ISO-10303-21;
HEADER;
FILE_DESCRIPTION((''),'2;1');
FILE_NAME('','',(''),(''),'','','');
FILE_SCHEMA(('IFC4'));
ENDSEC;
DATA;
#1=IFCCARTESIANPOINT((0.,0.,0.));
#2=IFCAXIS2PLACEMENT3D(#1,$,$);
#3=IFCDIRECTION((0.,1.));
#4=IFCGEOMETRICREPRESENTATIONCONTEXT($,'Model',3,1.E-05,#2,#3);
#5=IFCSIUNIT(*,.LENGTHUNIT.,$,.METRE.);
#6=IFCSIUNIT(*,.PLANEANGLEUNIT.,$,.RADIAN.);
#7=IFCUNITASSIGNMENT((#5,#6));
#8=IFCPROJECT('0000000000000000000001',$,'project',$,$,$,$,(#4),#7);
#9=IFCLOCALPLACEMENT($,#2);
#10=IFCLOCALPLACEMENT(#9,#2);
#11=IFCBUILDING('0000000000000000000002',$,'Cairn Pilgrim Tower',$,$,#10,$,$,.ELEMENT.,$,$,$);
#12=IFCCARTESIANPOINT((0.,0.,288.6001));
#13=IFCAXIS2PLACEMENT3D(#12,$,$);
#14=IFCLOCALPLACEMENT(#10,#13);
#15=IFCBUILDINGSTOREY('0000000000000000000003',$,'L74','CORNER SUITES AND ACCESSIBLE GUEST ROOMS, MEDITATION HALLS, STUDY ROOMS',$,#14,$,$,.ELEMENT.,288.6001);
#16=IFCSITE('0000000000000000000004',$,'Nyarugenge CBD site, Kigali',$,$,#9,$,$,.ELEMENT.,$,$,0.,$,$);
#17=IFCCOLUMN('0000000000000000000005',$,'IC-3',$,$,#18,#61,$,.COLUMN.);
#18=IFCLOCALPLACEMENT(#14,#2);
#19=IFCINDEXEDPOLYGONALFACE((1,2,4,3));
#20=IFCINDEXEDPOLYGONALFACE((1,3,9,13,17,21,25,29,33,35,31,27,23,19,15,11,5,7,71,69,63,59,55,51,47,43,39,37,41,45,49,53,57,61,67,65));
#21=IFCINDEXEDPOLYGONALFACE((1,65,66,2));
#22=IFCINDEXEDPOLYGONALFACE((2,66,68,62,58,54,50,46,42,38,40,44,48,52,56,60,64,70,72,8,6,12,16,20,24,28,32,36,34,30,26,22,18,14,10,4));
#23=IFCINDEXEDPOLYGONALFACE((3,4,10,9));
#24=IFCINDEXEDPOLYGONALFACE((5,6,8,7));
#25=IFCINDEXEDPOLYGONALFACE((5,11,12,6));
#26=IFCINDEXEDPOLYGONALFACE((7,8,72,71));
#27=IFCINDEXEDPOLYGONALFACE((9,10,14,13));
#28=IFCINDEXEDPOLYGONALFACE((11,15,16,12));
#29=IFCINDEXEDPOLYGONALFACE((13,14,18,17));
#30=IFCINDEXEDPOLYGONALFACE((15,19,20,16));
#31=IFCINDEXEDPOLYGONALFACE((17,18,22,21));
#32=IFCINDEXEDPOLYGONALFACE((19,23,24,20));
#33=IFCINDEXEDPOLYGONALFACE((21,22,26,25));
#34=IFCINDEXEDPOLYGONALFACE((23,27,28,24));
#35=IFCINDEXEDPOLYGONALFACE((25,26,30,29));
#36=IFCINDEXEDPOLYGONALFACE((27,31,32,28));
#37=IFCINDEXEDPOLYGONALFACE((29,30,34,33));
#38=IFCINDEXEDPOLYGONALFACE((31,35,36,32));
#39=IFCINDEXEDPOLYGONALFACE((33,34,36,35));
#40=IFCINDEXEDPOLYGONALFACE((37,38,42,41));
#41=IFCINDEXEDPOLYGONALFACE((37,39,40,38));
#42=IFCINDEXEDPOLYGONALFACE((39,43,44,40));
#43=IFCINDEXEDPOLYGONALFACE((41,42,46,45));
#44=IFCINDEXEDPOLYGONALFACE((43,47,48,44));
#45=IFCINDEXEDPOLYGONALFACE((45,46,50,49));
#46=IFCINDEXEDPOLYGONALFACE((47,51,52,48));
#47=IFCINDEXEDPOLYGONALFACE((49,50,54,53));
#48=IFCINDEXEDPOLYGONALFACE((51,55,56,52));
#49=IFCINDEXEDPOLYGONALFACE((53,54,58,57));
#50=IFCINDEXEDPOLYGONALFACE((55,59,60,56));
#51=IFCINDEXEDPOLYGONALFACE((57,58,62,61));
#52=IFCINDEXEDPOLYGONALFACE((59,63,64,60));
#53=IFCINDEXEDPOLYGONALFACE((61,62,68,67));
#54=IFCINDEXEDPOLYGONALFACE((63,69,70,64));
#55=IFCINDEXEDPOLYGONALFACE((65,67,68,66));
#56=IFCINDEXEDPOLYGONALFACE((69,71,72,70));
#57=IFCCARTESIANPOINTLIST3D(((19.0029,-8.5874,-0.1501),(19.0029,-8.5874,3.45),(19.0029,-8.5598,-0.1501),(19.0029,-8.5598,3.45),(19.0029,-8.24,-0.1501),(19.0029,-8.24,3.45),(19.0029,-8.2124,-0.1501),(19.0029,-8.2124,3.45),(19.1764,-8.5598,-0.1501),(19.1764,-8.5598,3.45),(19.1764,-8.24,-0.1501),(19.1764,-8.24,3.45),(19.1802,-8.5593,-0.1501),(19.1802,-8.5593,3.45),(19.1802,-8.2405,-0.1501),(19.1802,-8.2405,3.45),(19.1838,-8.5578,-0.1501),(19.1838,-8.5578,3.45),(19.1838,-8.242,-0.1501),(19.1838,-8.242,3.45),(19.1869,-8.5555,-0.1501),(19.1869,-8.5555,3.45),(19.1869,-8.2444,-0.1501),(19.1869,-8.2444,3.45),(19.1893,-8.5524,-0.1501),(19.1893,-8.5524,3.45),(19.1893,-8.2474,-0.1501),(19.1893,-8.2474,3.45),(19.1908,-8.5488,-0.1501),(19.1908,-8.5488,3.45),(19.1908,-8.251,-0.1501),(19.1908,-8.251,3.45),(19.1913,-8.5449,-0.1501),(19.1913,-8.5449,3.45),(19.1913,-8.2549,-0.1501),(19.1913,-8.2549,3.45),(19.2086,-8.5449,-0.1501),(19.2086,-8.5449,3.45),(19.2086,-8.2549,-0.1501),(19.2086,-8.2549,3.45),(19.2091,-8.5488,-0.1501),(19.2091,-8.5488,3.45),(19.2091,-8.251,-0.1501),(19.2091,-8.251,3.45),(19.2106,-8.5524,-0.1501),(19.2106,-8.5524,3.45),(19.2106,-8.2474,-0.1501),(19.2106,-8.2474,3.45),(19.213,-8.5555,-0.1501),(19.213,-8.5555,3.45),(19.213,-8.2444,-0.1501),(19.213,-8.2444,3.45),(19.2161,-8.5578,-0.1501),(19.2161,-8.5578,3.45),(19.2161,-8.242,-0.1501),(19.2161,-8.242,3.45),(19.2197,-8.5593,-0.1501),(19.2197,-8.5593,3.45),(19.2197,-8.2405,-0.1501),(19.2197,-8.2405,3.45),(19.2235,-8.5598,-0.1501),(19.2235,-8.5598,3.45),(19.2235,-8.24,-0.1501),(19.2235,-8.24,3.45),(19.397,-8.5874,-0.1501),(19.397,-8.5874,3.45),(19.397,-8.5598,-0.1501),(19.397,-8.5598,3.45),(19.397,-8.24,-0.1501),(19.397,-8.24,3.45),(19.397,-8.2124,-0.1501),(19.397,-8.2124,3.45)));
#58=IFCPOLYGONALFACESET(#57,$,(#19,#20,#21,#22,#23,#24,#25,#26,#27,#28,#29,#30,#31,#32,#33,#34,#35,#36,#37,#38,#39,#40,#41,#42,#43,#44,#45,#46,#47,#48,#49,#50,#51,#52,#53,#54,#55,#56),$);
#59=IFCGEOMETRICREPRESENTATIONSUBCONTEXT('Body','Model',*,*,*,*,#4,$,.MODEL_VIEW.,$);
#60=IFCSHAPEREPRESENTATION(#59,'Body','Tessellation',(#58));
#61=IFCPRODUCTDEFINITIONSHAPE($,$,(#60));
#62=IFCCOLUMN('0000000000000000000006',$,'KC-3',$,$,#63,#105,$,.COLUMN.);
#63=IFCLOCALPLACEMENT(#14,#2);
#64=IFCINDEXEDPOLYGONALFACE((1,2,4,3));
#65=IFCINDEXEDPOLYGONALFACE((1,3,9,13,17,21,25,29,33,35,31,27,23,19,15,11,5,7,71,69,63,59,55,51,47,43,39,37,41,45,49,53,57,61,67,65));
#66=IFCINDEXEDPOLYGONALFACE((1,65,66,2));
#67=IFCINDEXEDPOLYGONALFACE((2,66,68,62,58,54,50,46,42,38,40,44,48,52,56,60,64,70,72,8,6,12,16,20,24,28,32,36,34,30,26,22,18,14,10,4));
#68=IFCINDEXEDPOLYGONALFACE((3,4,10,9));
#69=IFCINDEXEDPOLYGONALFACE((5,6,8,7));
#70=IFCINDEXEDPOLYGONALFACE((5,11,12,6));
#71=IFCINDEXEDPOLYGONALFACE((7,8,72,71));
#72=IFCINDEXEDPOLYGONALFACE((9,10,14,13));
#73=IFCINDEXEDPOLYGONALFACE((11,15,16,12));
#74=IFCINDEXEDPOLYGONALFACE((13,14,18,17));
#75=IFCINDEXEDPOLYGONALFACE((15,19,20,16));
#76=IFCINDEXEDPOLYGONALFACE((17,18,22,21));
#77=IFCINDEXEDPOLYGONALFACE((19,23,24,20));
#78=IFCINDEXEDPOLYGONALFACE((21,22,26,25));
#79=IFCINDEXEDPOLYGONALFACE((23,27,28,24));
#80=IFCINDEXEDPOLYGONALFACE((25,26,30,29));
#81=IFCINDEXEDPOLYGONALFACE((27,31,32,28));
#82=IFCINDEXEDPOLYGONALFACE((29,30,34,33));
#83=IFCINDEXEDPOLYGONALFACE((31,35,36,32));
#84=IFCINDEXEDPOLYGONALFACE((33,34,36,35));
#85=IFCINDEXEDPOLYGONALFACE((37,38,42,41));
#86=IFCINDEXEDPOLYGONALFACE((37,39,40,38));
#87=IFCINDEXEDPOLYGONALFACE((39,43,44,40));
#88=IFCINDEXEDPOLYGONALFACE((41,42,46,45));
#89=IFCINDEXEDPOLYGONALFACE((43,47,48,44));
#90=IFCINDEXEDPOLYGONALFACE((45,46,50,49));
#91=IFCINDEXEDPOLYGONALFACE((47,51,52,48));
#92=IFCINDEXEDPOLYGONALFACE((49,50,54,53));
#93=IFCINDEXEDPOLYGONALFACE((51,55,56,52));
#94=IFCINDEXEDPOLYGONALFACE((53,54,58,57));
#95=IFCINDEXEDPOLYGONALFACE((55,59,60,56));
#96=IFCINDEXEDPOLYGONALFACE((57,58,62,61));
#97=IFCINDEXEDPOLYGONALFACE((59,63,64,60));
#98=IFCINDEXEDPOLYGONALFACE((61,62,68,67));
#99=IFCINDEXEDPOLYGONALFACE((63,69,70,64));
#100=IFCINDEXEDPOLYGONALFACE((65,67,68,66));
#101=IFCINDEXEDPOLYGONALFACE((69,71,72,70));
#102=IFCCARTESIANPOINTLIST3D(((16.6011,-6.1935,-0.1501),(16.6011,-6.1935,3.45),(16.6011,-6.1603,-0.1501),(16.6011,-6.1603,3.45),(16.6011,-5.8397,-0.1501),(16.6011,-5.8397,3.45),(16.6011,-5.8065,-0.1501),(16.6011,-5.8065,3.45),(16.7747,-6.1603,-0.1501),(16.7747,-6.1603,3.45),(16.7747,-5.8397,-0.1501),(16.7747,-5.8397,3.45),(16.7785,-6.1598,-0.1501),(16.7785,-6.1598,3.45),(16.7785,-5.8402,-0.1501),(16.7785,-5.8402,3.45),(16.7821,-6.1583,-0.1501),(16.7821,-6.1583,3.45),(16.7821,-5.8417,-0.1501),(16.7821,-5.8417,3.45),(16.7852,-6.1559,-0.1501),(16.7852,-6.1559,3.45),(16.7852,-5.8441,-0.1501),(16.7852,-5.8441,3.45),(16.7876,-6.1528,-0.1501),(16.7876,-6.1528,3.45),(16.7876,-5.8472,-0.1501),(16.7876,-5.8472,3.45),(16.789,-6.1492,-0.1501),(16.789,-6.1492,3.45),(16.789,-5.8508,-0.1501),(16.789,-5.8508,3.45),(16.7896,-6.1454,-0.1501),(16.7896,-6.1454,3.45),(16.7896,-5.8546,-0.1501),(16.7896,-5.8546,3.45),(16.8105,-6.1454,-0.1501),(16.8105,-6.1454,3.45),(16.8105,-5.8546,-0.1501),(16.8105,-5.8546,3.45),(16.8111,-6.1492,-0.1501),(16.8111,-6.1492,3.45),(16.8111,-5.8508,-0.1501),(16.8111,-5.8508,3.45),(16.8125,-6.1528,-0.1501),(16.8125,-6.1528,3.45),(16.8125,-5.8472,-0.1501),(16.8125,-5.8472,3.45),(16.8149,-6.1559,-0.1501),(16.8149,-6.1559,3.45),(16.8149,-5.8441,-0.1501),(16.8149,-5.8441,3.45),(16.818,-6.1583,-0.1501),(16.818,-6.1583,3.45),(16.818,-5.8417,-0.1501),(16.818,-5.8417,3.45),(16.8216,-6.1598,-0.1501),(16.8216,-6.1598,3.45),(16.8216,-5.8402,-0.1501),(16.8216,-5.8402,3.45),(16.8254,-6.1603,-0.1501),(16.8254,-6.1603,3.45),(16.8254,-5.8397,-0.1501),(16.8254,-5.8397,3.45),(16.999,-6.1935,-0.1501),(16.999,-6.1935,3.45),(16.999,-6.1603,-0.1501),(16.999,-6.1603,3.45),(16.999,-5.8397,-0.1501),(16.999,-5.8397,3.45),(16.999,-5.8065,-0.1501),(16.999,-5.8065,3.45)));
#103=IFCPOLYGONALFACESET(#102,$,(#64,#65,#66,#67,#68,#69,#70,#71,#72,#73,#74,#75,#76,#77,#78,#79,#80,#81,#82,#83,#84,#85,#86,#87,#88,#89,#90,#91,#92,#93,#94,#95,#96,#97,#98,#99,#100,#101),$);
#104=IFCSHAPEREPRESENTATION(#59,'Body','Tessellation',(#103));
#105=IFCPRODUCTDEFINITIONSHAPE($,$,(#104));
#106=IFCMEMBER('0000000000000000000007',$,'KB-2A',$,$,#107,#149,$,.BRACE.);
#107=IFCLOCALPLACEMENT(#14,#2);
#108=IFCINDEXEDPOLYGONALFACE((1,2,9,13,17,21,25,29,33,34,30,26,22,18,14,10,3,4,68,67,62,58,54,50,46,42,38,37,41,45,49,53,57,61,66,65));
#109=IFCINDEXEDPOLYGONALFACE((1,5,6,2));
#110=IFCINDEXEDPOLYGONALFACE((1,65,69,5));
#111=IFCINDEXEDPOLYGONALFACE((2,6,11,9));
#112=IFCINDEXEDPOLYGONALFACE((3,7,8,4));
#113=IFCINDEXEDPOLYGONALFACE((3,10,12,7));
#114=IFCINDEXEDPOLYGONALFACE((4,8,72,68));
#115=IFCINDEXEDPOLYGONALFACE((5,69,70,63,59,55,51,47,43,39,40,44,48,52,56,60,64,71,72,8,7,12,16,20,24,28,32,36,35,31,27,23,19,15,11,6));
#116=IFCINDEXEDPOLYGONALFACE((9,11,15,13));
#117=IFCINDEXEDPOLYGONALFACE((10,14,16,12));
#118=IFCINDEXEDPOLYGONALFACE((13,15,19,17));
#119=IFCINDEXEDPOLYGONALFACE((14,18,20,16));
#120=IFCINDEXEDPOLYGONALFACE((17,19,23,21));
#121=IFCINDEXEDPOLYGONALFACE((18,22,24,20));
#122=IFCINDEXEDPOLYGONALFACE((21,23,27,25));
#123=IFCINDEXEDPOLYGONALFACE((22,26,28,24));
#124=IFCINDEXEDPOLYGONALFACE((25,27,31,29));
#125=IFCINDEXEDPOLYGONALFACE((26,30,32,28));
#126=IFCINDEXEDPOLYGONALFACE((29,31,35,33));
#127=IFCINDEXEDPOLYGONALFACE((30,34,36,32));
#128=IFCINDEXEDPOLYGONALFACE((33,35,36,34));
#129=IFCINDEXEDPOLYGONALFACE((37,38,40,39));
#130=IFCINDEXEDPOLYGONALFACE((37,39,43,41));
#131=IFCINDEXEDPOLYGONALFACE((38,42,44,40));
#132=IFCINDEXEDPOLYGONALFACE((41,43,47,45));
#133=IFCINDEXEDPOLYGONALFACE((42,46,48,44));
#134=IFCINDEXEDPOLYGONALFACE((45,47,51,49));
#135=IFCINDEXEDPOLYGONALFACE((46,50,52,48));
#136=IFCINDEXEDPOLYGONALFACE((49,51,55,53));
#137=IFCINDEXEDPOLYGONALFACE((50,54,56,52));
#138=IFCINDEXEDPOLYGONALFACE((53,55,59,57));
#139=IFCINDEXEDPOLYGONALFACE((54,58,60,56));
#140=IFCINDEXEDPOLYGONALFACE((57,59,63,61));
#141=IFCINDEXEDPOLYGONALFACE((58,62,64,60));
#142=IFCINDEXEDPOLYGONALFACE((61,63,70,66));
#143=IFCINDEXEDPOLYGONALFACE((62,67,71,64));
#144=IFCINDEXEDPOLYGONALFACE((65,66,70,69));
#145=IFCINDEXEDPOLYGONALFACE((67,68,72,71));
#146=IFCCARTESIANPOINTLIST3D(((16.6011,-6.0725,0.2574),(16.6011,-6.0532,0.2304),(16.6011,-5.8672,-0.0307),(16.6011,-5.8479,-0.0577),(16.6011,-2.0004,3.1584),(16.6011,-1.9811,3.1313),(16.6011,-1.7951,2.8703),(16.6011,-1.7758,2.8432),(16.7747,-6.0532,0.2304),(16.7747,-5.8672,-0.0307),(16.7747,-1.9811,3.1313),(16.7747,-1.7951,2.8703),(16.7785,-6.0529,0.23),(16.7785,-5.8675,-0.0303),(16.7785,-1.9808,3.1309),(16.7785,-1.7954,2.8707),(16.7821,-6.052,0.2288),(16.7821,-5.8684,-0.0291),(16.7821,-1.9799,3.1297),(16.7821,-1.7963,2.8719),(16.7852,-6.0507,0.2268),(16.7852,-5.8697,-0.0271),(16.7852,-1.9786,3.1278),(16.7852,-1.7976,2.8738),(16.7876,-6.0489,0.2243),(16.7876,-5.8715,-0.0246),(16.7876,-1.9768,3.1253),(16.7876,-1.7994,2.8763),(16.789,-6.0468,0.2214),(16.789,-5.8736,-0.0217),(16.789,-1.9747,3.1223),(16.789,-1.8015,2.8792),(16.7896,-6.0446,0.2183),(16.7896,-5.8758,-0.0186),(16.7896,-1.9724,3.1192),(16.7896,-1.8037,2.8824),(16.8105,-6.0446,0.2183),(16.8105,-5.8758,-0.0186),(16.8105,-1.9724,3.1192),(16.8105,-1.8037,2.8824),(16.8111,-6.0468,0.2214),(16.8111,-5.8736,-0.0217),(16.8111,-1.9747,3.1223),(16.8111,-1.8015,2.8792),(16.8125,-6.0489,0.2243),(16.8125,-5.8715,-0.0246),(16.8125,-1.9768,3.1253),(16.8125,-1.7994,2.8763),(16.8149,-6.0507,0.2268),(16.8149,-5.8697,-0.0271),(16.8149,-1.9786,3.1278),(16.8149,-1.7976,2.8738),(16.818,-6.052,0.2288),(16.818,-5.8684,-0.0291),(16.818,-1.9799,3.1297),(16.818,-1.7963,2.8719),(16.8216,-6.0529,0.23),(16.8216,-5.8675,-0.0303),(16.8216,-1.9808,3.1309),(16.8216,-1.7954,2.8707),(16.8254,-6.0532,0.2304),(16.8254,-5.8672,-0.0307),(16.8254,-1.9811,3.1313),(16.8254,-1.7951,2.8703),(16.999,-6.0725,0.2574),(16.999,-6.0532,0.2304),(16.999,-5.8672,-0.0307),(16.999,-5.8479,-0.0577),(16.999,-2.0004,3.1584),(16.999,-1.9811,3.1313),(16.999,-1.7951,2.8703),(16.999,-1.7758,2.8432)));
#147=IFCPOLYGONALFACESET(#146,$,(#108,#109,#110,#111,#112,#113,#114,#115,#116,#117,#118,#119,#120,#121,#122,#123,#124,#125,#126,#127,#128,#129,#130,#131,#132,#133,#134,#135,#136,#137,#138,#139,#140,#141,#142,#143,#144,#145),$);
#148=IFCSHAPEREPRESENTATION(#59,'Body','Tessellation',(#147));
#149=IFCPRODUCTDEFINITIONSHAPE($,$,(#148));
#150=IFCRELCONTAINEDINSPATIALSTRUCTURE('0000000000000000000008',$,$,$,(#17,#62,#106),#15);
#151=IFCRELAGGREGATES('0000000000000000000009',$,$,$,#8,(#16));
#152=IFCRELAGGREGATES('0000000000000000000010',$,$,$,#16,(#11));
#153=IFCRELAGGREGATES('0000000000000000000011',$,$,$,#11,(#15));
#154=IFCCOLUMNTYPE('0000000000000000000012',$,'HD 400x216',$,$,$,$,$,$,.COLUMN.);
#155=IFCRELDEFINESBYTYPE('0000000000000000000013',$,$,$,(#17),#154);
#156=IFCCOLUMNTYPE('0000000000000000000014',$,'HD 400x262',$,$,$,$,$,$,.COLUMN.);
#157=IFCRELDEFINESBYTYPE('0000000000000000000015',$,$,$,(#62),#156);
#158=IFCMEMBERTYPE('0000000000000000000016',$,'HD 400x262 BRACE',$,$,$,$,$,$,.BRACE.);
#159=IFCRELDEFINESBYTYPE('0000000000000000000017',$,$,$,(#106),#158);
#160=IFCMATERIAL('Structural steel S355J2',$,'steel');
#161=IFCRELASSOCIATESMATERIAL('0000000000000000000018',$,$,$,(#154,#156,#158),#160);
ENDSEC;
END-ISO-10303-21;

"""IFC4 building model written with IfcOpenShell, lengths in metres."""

from ifc_helpers import new_model, si_unit, direction, frame, origin, origin_2d, place, context, subcontext, project, spatial, i_section, extrude, material, material_profile, profile_set, type_object, element, save


model = new_model("IFC4")

# Units and contexts
model_context = context("Model", 3, precision=1e-05, world=origin(), true_north=direction((0.0, 1.0)))
body_context = subcontext(model_context, "Body", "Model", "MODEL_VIEW")
ifc_project = project(units=[si_unit("LENGTHUNIT", "METRE"), si_unit("PLANEANGLEUNIT", "RADIAN")], contexts=[model_context])

# Site, building, storey
site_placement = place(None, origin())
site = spatial("IfcSite", under=ifc_project, at=site_placement, Name="Nyarugenge CBD site, Kigali", CompositionType="ELEMENT", RefElevation=0.0)
building_placement = place(site_placement, origin())
building = spatial("IfcBuilding", under=site, at=building_placement, Name="Cairn Pilgrim Tower", CompositionType="ELEMENT")
storey_placement = place(building_placement, frame((0.0, 0.0, 288.6001)))
storey = spatial("IfcBuildingStorey", under=building, at=storey_placement, Name="L74", Description="CORNER SUITES AND ACCESSIBLE GUEST ROOMS, MEDITATION HALLS, STUDY ROOMS", CompositionType="ELEMENT", Elevation=288.6001)

# Columns
ifc_material_1 = material(Name="Structural steel S355J2", Category="steel")
ifc_material_profile_1 = material_profile(ifc_material_1, i_section(OverallWidth=0.394, OverallDepth=0.375, WebThickness=0.0173, FlangeThickness=0.0276, FilletRadius=0.0149, at=origin_2d()), Name="HD 400x216")
ifc_profile_set_1 = profile_set([ifc_material_profile_1], Name="Structural steel S355J2")
column_type_1 = type_object("IfcColumnType", Name="HD 400x216", PredefinedType="COLUMN", material=ifc_profile_set_1)
column_1_placement = place(storey_placement, frame((19.2, -8.3999, -0.1501), z_axis=(0.0, 0.0, 1.0), x_axis=(1.0, 0.0, 0.0)))
element("IfcColumn", 1, at=column_1_placement, inside=storey, type_object=column_type_1, Name="IC-3", PredefinedType="COLUMN", context=body_context, shape_type="SweptSolid", body=[
    extrude(i_section(OverallWidth=0.394, OverallDepth=0.375, WebThickness=0.0173, FlangeThickness=0.0276, FilletRadius=0.0149, at=origin_2d()), origin(), (0.0, 0.0, 1.0), 3.6001),
])
ifc_material_profile_2 = material_profile(ifc_material_1, i_section(OverallWidth=0.3979, OverallDepth=0.387, WebThickness=0.021, FlangeThickness=0.0332, FilletRadius=0.0149, at=origin_2d()), Name="HD 400x262")
ifc_profile_set_2 = profile_set([ifc_material_profile_2], Name="Structural steel S355J2")
column_type_2 = type_object("IfcColumnType", Name="HD 400x262", PredefinedType="COLUMN", material=ifc_profile_set_2)
column_2_placement = place(storey_placement, frame((16.8, -6.0, -0.1501), z_axis=(0.0, 0.0, 1.0), x_axis=(1.0, 0.0, 0.0)))
element("IfcColumn", 2, at=column_2_placement, inside=storey, type_object=column_type_2, Name="KC-3", PredefinedType="COLUMN", context=body_context, shape_type="SweptSolid", body=[
    extrude(i_section(OverallWidth=0.3979, OverallDepth=0.387, WebThickness=0.021, FlangeThickness=0.0332, FilletRadius=0.0149, at=origin_2d()), origin(), (0.0, 0.0, 1.0), 3.6001),
])

# Member
ifc_material_profile_3 = material_profile(ifc_material_1, i_section(OverallWidth=0.3979, OverallDepth=0.387, WebThickness=0.021, FlangeThickness=0.0332, FilletRadius=0.0149, at=origin_2d()), Name="HD 400x262")
ifc_profile_set_3 = profile_set([ifc_material_profile_3], Name="Structural steel S355J2")
member_type = type_object("IfcMemberType", Name="HD 400x262 BRACE", PredefinedType="BRACE", material=ifc_profile_set_3)
member_placement = place(storey_placement, frame((16.8, -5.9602, 0.0999), z_axis=(0.0, 0.814462, 0.580217), x_axis=(-1.0, 0.0, 0.0)))
element("IfcMember", 3, at=member_placement, inside=storey, type_object=member_type, Name="KB-2A", PredefinedType="BRACE", context=body_context, shape_type="SweptSolid", body=[
    extrude(i_section(OverallWidth=0.3979, OverallDepth=0.387, WebThickness=0.021, FlangeThickness=0.0332, FilletRadius=0.0149, at=origin_2d()), origin(), (0.0, 0.0, 1.0), 4.9998),
])

save(model, "model.ifc")
